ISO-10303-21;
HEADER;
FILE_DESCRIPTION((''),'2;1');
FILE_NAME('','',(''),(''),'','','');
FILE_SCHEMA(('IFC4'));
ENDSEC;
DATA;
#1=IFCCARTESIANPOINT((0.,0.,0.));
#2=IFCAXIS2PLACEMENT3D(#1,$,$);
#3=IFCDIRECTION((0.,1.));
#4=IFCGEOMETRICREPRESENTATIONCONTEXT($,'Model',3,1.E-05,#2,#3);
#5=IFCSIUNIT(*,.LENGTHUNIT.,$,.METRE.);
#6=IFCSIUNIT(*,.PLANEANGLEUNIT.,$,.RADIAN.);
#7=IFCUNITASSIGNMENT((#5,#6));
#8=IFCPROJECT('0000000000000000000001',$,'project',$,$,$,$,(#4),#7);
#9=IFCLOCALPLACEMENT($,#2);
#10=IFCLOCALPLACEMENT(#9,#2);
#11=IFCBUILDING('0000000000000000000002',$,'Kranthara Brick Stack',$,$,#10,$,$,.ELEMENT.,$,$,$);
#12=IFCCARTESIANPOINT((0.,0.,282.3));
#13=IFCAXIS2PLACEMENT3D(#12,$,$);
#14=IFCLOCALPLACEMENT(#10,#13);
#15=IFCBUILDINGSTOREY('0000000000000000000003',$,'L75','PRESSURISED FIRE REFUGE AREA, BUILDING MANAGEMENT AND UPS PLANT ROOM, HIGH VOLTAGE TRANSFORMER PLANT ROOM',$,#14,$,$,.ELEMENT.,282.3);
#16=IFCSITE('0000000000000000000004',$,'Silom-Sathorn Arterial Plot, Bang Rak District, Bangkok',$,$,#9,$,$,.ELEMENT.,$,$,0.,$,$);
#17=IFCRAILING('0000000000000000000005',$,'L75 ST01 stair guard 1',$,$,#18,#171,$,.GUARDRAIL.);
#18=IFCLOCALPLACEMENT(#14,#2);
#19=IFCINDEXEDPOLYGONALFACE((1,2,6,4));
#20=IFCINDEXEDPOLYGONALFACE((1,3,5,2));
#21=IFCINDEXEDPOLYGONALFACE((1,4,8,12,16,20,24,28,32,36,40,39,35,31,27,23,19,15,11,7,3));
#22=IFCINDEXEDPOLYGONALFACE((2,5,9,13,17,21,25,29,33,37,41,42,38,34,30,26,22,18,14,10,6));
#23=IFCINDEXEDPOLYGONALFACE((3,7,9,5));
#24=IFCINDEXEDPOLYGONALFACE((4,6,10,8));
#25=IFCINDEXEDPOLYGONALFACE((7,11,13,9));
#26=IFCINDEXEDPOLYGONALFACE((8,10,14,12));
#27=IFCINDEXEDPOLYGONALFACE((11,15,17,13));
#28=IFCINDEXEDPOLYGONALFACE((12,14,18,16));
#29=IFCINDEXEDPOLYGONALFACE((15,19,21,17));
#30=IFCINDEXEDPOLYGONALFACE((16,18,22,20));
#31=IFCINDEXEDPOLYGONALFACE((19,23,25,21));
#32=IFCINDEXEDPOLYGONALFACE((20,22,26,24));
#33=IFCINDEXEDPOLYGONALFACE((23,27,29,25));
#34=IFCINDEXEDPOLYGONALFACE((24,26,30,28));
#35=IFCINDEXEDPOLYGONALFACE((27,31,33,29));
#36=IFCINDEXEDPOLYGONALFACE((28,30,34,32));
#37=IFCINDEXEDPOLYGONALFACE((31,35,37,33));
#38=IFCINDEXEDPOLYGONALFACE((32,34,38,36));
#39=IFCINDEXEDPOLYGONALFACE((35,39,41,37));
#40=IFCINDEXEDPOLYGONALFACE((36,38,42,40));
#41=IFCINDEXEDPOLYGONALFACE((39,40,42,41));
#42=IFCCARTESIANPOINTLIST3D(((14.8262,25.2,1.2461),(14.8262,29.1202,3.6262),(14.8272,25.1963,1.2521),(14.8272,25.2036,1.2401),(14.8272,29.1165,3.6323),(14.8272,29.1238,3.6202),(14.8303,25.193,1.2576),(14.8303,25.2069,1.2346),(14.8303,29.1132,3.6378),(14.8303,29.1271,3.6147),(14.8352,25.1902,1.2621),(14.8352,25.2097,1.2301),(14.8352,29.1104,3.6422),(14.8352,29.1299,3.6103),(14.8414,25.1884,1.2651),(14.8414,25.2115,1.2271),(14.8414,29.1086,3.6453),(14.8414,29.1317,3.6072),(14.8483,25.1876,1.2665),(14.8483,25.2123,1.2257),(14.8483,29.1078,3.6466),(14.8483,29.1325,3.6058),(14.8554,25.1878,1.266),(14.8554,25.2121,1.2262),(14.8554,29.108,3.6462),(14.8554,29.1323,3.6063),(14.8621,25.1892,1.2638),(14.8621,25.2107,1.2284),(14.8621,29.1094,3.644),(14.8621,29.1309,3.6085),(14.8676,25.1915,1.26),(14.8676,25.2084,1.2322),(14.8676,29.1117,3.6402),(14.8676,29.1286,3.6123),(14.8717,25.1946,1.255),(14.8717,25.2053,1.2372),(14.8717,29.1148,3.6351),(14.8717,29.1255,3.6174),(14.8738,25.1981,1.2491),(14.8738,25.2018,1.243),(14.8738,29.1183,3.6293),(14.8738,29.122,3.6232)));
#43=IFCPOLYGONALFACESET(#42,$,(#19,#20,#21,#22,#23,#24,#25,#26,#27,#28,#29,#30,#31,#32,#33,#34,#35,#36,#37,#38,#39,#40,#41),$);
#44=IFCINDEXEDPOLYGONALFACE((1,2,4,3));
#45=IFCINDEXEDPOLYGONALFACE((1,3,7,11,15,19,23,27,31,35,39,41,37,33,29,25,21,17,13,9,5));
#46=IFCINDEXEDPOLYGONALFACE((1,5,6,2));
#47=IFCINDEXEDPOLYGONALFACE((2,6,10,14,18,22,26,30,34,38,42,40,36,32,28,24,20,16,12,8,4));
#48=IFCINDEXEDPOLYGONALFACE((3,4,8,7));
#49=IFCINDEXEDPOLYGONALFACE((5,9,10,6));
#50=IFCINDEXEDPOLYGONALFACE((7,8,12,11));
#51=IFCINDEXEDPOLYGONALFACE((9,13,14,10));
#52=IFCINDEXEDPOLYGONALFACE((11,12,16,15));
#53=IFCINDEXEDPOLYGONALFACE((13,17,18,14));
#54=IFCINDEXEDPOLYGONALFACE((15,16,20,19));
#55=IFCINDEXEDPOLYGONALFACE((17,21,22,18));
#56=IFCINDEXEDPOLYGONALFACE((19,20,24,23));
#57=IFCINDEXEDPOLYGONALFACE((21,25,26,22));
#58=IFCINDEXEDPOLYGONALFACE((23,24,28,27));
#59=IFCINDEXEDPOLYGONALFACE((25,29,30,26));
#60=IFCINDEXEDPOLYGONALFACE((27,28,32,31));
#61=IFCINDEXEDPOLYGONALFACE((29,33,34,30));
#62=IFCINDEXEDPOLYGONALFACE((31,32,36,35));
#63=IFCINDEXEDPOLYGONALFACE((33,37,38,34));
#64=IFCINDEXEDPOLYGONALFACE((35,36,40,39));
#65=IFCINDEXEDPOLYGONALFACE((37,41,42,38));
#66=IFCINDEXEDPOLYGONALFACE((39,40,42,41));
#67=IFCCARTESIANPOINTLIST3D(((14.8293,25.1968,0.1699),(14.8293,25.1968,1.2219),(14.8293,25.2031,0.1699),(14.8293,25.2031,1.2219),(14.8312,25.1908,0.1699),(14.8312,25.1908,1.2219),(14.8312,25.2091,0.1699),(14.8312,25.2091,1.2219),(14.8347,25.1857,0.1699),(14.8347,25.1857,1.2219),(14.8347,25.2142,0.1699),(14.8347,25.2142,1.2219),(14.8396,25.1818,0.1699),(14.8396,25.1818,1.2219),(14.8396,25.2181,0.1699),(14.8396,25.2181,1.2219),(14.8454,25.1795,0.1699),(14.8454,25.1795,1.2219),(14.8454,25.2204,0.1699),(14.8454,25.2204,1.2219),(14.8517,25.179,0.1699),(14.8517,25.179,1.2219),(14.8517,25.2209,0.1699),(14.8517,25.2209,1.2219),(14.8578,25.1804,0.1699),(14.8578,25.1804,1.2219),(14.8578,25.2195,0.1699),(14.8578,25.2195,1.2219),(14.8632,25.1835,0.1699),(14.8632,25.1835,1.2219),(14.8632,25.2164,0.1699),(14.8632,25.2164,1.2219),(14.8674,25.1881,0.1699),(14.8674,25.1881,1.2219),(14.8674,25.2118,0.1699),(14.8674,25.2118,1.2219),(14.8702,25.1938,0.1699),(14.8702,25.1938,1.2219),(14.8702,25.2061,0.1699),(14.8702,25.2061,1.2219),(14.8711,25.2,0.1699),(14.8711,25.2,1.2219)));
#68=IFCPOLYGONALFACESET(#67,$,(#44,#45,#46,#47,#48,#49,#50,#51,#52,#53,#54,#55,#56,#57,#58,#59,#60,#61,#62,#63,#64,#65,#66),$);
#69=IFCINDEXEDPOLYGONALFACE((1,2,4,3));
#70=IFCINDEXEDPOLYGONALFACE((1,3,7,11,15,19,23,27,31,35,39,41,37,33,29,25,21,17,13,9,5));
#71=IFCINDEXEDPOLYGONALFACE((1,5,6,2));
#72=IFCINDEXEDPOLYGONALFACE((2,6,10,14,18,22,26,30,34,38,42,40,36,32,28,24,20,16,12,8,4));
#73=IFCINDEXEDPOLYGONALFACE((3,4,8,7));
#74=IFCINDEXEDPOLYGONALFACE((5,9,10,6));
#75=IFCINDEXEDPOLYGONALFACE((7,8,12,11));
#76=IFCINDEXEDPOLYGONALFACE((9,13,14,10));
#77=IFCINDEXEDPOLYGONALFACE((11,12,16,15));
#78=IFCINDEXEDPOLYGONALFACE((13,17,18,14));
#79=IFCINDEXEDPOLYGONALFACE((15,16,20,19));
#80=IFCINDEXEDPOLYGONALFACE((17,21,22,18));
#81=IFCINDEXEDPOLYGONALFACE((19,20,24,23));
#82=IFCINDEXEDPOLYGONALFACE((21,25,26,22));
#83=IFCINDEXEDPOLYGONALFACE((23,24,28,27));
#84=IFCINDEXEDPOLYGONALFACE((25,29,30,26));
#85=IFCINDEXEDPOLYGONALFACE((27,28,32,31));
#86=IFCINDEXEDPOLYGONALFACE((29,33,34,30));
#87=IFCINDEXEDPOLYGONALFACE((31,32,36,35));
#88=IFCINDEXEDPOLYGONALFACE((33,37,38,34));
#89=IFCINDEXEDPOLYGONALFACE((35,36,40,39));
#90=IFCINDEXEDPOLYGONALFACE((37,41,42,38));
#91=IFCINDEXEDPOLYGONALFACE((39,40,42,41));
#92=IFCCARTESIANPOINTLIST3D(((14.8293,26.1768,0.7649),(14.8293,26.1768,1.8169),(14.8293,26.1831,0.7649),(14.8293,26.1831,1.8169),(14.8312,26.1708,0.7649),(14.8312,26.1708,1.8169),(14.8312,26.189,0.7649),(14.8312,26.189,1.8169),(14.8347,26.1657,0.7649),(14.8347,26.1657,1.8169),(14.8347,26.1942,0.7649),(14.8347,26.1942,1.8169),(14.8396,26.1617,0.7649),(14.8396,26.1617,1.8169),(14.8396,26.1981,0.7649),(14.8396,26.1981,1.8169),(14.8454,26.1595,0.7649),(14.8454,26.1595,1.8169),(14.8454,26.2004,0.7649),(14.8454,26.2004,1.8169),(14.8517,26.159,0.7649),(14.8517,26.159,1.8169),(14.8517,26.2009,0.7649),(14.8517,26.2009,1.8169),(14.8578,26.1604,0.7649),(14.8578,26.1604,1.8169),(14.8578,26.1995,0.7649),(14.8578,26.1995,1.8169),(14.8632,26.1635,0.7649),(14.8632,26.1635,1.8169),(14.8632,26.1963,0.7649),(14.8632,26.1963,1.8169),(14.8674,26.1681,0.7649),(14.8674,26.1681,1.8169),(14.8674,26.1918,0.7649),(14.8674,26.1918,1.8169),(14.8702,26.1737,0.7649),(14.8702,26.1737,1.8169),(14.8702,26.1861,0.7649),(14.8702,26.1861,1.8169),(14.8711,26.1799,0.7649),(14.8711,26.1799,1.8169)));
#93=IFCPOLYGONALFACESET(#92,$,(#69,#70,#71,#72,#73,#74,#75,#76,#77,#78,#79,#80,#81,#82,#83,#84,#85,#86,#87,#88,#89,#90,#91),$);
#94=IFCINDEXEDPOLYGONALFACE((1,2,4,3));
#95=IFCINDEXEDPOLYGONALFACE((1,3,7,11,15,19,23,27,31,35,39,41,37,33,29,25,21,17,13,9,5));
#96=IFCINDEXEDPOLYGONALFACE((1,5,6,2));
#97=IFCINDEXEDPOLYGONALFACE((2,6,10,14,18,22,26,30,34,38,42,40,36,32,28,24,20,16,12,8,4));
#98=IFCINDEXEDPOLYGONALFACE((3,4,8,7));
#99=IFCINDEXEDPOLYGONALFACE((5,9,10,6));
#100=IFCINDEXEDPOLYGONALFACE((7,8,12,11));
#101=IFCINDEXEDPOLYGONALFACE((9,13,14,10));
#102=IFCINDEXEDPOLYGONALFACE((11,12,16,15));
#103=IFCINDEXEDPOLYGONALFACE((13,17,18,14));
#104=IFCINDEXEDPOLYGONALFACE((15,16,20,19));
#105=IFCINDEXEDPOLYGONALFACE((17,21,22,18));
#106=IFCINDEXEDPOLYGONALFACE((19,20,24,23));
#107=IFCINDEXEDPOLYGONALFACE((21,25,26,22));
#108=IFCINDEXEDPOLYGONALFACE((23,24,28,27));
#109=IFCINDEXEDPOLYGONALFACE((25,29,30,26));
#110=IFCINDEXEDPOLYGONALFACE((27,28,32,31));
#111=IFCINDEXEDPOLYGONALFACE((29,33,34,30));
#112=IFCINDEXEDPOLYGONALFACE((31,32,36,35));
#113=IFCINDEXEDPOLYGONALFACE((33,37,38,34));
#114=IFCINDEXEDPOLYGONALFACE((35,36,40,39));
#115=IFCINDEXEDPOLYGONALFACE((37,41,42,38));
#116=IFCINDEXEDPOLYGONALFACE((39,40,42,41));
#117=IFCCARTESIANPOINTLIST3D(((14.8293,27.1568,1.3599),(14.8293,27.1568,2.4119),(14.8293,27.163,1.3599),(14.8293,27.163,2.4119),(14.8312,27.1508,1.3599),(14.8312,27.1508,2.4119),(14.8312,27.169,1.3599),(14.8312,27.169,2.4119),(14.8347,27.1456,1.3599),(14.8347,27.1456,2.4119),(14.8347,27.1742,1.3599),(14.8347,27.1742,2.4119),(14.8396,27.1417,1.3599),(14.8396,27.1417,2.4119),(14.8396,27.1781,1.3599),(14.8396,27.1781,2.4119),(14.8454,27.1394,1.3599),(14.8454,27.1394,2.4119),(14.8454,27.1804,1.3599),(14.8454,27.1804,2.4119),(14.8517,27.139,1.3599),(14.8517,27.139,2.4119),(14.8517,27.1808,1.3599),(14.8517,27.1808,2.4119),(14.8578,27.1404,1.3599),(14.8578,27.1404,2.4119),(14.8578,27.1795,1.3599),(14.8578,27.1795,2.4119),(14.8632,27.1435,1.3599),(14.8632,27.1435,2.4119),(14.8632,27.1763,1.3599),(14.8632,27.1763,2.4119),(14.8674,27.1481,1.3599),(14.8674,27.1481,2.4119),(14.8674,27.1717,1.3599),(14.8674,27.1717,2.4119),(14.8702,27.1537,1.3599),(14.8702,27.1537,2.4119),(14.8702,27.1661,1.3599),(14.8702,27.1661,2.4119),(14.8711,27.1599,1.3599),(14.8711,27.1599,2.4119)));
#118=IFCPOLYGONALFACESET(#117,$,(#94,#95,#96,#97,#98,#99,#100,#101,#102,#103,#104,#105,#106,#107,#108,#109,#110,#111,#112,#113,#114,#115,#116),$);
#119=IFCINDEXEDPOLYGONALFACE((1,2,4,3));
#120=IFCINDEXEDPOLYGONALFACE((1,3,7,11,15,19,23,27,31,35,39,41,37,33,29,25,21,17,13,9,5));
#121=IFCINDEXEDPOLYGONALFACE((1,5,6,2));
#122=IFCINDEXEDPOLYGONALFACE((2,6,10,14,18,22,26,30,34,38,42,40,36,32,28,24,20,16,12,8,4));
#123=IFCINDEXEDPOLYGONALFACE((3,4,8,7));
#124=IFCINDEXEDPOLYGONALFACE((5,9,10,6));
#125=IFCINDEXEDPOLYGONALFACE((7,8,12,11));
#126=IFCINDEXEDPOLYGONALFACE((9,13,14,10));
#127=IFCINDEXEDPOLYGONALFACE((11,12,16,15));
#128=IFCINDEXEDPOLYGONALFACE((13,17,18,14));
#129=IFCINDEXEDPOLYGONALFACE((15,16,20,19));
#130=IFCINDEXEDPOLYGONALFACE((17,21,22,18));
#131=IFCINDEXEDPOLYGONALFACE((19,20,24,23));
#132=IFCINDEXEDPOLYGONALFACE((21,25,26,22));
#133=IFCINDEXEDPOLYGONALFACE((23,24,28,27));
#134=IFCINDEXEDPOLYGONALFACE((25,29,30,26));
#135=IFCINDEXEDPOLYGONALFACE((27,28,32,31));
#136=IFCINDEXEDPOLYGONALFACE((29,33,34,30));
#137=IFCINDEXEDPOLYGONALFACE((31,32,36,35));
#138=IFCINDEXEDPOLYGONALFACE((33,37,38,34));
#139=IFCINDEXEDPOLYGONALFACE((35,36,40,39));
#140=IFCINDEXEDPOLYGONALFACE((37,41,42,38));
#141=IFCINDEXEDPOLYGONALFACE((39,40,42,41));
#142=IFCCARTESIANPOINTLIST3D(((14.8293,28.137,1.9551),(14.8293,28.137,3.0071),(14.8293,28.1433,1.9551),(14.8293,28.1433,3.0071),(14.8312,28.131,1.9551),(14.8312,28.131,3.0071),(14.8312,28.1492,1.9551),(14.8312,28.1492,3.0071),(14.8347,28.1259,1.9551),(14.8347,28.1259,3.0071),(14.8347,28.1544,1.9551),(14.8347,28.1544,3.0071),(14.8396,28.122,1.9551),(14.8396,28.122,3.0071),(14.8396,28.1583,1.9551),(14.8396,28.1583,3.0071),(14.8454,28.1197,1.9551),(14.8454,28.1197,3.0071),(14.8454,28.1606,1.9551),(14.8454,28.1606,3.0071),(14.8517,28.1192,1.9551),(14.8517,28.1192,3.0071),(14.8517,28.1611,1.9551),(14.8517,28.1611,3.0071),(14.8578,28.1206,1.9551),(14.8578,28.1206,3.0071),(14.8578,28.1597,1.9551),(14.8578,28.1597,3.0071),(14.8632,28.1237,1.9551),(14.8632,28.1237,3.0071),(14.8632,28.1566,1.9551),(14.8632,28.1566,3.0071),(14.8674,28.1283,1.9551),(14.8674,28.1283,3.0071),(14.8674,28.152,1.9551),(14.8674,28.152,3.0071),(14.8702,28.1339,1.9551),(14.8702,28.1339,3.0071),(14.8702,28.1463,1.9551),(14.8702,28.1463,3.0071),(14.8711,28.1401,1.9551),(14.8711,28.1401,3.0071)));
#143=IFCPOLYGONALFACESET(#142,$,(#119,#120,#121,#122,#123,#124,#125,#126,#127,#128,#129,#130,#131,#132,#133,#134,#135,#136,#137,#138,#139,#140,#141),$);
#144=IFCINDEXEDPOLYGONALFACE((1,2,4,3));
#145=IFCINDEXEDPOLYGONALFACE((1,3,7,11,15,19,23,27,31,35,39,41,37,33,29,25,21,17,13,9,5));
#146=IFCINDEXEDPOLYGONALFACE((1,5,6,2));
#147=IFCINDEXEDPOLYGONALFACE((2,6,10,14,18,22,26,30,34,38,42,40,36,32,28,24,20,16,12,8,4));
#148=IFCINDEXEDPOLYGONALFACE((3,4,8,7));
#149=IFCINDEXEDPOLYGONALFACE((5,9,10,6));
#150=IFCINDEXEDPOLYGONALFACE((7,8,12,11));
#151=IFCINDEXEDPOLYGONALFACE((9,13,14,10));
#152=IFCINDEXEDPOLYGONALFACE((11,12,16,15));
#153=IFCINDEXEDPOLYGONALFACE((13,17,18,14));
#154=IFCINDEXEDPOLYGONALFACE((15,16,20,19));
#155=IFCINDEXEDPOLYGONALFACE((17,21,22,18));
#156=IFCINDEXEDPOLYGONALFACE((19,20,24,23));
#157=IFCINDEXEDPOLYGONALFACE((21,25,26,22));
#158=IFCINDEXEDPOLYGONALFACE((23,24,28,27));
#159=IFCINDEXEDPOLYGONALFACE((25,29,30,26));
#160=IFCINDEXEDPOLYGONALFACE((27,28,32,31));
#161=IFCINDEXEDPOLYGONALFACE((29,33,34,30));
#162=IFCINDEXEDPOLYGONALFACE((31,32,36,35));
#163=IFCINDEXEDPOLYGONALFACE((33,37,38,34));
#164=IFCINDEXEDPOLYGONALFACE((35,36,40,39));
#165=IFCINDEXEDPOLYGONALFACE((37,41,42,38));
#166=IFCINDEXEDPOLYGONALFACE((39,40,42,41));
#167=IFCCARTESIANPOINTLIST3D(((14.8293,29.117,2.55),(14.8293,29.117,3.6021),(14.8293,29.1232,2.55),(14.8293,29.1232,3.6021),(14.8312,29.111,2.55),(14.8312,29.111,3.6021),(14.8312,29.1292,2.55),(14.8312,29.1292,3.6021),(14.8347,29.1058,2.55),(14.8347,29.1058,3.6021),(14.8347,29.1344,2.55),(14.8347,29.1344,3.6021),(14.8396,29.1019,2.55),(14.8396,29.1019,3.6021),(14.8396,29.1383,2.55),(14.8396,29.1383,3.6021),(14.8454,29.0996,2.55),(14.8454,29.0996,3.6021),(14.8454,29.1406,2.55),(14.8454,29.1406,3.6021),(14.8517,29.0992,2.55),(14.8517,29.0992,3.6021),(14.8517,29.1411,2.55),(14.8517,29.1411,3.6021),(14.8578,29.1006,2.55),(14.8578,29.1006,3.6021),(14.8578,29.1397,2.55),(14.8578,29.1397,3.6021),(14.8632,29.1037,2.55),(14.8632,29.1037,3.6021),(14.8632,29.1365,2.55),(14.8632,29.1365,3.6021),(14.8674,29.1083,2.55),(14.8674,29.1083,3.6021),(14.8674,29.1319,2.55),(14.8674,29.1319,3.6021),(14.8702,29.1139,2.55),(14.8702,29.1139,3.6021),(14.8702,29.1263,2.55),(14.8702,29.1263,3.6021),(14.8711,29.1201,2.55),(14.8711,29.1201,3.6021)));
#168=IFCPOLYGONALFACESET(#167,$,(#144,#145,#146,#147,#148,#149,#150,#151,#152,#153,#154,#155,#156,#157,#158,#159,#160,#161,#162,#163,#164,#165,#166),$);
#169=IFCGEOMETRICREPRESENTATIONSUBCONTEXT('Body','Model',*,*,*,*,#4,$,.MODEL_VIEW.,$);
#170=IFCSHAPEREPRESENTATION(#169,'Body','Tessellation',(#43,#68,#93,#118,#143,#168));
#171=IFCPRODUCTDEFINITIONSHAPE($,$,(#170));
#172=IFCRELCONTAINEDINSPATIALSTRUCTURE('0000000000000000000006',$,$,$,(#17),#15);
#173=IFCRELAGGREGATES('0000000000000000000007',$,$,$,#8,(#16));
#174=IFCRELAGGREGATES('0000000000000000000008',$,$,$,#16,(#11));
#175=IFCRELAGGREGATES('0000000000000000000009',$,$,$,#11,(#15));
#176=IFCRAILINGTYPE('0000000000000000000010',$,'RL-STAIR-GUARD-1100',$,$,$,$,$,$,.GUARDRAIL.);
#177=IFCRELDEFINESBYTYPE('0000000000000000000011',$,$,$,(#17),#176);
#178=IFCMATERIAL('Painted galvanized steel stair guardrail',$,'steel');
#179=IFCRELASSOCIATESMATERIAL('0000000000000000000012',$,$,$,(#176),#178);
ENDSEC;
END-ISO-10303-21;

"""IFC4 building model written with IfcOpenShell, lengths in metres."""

from ifc_helpers import new_model, si_unit, direction, frame, origin, origin_2d, place, context, subcontext, project, spatial, circle, extrude, material, type_object, element, save


model = new_model("IFC4")

# Units and contexts
model_context = context("Model", 3, precision=1e-05, world=origin(), true_north=direction((0.0, 1.0)))
body_context = subcontext(model_context, "Body", "Model", "MODEL_VIEW")
ifc_project = project(units=[si_unit("LENGTHUNIT", "METRE"), si_unit("PLANEANGLEUNIT", "RADIAN")], contexts=[model_context])

# Site, building, storey
site_placement = place(None, origin())
site = spatial("IfcSite", under=ifc_project, at=site_placement, Name="Silom-Sathorn Arterial Plot, Bang Rak District, Bangkok", CompositionType="ELEMENT", RefElevation=0.0)
building_placement = place(site_placement, origin())
building = spatial("IfcBuilding", under=site, at=building_placement, Name="Kranthara Brick Stack", CompositionType="ELEMENT")
storey_placement = place(building_placement, frame((0.0, 0.0, 282.3)))
storey = spatial("IfcBuildingStorey", under=building, at=storey_placement, Name="L75", Description="PRESSURISED FIRE REFUGE AREA, BUILDING MANAGEMENT AND UPS PLANT ROOM, HIGH VOLTAGE TRANSFORMER PLANT ROOM", CompositionType="ELEMENT", Elevation=282.3)

# Railing
ifc_material_1 = material(Name="Painted galvanized steel stair guardrail", Category="steel")
railing_type_1 = type_object("IfcRailingType", Name="RL-STAIR-GUARD-1100", PredefinedType="GUARDRAIL", material=ifc_material_1)
railing_1_placement = place(storey_placement, frame((14.8501, 25.2, 0.1699)))
element("IfcRailing", 1, at=railing_1_placement, inside=storey, type_object=railing_type_1, Name="L75 ST01 stair guard 1", PredefinedType="GUARDRAIL", context=body_context, shape_type="SweptSolid", body=[
    extrude(circle(Radius=0.0239, at=origin_2d()), frame((0.0, 0.0, 1.0762), z_axis=(0.0, 0.854785, 0.518982), x_axis=(-1.0, 0.0, 0.0)), (0.0, 0.0, 1.0), 4.5862),
    extrude(circle(Radius=0.021, at=origin_2d()), origin(), (0.0, 0.0, 1.0), 1.052),
    extrude(circle(Radius=0.021, at=origin_2d()), frame((0.0, 0.98, 0.595)), (0.0, 0.0, 1.0), 1.052),
    extrude(circle(Radius=0.021, at=origin_2d()), frame((0.0, 1.96, 1.1899)), (0.0, 0.0, 1.0), 1.052),
    extrude(circle(Radius=0.021, at=origin_2d()), frame((0.0, 2.9402, 1.7852)), (0.0, 0.0, 1.0), 1.052),
    extrude(circle(Radius=0.021, at=origin_2d()), frame((0.0, 3.9202, 2.3801)), (0.0, 0.0, 1.0), 1.052),
])

save(model, "model.ifc")
